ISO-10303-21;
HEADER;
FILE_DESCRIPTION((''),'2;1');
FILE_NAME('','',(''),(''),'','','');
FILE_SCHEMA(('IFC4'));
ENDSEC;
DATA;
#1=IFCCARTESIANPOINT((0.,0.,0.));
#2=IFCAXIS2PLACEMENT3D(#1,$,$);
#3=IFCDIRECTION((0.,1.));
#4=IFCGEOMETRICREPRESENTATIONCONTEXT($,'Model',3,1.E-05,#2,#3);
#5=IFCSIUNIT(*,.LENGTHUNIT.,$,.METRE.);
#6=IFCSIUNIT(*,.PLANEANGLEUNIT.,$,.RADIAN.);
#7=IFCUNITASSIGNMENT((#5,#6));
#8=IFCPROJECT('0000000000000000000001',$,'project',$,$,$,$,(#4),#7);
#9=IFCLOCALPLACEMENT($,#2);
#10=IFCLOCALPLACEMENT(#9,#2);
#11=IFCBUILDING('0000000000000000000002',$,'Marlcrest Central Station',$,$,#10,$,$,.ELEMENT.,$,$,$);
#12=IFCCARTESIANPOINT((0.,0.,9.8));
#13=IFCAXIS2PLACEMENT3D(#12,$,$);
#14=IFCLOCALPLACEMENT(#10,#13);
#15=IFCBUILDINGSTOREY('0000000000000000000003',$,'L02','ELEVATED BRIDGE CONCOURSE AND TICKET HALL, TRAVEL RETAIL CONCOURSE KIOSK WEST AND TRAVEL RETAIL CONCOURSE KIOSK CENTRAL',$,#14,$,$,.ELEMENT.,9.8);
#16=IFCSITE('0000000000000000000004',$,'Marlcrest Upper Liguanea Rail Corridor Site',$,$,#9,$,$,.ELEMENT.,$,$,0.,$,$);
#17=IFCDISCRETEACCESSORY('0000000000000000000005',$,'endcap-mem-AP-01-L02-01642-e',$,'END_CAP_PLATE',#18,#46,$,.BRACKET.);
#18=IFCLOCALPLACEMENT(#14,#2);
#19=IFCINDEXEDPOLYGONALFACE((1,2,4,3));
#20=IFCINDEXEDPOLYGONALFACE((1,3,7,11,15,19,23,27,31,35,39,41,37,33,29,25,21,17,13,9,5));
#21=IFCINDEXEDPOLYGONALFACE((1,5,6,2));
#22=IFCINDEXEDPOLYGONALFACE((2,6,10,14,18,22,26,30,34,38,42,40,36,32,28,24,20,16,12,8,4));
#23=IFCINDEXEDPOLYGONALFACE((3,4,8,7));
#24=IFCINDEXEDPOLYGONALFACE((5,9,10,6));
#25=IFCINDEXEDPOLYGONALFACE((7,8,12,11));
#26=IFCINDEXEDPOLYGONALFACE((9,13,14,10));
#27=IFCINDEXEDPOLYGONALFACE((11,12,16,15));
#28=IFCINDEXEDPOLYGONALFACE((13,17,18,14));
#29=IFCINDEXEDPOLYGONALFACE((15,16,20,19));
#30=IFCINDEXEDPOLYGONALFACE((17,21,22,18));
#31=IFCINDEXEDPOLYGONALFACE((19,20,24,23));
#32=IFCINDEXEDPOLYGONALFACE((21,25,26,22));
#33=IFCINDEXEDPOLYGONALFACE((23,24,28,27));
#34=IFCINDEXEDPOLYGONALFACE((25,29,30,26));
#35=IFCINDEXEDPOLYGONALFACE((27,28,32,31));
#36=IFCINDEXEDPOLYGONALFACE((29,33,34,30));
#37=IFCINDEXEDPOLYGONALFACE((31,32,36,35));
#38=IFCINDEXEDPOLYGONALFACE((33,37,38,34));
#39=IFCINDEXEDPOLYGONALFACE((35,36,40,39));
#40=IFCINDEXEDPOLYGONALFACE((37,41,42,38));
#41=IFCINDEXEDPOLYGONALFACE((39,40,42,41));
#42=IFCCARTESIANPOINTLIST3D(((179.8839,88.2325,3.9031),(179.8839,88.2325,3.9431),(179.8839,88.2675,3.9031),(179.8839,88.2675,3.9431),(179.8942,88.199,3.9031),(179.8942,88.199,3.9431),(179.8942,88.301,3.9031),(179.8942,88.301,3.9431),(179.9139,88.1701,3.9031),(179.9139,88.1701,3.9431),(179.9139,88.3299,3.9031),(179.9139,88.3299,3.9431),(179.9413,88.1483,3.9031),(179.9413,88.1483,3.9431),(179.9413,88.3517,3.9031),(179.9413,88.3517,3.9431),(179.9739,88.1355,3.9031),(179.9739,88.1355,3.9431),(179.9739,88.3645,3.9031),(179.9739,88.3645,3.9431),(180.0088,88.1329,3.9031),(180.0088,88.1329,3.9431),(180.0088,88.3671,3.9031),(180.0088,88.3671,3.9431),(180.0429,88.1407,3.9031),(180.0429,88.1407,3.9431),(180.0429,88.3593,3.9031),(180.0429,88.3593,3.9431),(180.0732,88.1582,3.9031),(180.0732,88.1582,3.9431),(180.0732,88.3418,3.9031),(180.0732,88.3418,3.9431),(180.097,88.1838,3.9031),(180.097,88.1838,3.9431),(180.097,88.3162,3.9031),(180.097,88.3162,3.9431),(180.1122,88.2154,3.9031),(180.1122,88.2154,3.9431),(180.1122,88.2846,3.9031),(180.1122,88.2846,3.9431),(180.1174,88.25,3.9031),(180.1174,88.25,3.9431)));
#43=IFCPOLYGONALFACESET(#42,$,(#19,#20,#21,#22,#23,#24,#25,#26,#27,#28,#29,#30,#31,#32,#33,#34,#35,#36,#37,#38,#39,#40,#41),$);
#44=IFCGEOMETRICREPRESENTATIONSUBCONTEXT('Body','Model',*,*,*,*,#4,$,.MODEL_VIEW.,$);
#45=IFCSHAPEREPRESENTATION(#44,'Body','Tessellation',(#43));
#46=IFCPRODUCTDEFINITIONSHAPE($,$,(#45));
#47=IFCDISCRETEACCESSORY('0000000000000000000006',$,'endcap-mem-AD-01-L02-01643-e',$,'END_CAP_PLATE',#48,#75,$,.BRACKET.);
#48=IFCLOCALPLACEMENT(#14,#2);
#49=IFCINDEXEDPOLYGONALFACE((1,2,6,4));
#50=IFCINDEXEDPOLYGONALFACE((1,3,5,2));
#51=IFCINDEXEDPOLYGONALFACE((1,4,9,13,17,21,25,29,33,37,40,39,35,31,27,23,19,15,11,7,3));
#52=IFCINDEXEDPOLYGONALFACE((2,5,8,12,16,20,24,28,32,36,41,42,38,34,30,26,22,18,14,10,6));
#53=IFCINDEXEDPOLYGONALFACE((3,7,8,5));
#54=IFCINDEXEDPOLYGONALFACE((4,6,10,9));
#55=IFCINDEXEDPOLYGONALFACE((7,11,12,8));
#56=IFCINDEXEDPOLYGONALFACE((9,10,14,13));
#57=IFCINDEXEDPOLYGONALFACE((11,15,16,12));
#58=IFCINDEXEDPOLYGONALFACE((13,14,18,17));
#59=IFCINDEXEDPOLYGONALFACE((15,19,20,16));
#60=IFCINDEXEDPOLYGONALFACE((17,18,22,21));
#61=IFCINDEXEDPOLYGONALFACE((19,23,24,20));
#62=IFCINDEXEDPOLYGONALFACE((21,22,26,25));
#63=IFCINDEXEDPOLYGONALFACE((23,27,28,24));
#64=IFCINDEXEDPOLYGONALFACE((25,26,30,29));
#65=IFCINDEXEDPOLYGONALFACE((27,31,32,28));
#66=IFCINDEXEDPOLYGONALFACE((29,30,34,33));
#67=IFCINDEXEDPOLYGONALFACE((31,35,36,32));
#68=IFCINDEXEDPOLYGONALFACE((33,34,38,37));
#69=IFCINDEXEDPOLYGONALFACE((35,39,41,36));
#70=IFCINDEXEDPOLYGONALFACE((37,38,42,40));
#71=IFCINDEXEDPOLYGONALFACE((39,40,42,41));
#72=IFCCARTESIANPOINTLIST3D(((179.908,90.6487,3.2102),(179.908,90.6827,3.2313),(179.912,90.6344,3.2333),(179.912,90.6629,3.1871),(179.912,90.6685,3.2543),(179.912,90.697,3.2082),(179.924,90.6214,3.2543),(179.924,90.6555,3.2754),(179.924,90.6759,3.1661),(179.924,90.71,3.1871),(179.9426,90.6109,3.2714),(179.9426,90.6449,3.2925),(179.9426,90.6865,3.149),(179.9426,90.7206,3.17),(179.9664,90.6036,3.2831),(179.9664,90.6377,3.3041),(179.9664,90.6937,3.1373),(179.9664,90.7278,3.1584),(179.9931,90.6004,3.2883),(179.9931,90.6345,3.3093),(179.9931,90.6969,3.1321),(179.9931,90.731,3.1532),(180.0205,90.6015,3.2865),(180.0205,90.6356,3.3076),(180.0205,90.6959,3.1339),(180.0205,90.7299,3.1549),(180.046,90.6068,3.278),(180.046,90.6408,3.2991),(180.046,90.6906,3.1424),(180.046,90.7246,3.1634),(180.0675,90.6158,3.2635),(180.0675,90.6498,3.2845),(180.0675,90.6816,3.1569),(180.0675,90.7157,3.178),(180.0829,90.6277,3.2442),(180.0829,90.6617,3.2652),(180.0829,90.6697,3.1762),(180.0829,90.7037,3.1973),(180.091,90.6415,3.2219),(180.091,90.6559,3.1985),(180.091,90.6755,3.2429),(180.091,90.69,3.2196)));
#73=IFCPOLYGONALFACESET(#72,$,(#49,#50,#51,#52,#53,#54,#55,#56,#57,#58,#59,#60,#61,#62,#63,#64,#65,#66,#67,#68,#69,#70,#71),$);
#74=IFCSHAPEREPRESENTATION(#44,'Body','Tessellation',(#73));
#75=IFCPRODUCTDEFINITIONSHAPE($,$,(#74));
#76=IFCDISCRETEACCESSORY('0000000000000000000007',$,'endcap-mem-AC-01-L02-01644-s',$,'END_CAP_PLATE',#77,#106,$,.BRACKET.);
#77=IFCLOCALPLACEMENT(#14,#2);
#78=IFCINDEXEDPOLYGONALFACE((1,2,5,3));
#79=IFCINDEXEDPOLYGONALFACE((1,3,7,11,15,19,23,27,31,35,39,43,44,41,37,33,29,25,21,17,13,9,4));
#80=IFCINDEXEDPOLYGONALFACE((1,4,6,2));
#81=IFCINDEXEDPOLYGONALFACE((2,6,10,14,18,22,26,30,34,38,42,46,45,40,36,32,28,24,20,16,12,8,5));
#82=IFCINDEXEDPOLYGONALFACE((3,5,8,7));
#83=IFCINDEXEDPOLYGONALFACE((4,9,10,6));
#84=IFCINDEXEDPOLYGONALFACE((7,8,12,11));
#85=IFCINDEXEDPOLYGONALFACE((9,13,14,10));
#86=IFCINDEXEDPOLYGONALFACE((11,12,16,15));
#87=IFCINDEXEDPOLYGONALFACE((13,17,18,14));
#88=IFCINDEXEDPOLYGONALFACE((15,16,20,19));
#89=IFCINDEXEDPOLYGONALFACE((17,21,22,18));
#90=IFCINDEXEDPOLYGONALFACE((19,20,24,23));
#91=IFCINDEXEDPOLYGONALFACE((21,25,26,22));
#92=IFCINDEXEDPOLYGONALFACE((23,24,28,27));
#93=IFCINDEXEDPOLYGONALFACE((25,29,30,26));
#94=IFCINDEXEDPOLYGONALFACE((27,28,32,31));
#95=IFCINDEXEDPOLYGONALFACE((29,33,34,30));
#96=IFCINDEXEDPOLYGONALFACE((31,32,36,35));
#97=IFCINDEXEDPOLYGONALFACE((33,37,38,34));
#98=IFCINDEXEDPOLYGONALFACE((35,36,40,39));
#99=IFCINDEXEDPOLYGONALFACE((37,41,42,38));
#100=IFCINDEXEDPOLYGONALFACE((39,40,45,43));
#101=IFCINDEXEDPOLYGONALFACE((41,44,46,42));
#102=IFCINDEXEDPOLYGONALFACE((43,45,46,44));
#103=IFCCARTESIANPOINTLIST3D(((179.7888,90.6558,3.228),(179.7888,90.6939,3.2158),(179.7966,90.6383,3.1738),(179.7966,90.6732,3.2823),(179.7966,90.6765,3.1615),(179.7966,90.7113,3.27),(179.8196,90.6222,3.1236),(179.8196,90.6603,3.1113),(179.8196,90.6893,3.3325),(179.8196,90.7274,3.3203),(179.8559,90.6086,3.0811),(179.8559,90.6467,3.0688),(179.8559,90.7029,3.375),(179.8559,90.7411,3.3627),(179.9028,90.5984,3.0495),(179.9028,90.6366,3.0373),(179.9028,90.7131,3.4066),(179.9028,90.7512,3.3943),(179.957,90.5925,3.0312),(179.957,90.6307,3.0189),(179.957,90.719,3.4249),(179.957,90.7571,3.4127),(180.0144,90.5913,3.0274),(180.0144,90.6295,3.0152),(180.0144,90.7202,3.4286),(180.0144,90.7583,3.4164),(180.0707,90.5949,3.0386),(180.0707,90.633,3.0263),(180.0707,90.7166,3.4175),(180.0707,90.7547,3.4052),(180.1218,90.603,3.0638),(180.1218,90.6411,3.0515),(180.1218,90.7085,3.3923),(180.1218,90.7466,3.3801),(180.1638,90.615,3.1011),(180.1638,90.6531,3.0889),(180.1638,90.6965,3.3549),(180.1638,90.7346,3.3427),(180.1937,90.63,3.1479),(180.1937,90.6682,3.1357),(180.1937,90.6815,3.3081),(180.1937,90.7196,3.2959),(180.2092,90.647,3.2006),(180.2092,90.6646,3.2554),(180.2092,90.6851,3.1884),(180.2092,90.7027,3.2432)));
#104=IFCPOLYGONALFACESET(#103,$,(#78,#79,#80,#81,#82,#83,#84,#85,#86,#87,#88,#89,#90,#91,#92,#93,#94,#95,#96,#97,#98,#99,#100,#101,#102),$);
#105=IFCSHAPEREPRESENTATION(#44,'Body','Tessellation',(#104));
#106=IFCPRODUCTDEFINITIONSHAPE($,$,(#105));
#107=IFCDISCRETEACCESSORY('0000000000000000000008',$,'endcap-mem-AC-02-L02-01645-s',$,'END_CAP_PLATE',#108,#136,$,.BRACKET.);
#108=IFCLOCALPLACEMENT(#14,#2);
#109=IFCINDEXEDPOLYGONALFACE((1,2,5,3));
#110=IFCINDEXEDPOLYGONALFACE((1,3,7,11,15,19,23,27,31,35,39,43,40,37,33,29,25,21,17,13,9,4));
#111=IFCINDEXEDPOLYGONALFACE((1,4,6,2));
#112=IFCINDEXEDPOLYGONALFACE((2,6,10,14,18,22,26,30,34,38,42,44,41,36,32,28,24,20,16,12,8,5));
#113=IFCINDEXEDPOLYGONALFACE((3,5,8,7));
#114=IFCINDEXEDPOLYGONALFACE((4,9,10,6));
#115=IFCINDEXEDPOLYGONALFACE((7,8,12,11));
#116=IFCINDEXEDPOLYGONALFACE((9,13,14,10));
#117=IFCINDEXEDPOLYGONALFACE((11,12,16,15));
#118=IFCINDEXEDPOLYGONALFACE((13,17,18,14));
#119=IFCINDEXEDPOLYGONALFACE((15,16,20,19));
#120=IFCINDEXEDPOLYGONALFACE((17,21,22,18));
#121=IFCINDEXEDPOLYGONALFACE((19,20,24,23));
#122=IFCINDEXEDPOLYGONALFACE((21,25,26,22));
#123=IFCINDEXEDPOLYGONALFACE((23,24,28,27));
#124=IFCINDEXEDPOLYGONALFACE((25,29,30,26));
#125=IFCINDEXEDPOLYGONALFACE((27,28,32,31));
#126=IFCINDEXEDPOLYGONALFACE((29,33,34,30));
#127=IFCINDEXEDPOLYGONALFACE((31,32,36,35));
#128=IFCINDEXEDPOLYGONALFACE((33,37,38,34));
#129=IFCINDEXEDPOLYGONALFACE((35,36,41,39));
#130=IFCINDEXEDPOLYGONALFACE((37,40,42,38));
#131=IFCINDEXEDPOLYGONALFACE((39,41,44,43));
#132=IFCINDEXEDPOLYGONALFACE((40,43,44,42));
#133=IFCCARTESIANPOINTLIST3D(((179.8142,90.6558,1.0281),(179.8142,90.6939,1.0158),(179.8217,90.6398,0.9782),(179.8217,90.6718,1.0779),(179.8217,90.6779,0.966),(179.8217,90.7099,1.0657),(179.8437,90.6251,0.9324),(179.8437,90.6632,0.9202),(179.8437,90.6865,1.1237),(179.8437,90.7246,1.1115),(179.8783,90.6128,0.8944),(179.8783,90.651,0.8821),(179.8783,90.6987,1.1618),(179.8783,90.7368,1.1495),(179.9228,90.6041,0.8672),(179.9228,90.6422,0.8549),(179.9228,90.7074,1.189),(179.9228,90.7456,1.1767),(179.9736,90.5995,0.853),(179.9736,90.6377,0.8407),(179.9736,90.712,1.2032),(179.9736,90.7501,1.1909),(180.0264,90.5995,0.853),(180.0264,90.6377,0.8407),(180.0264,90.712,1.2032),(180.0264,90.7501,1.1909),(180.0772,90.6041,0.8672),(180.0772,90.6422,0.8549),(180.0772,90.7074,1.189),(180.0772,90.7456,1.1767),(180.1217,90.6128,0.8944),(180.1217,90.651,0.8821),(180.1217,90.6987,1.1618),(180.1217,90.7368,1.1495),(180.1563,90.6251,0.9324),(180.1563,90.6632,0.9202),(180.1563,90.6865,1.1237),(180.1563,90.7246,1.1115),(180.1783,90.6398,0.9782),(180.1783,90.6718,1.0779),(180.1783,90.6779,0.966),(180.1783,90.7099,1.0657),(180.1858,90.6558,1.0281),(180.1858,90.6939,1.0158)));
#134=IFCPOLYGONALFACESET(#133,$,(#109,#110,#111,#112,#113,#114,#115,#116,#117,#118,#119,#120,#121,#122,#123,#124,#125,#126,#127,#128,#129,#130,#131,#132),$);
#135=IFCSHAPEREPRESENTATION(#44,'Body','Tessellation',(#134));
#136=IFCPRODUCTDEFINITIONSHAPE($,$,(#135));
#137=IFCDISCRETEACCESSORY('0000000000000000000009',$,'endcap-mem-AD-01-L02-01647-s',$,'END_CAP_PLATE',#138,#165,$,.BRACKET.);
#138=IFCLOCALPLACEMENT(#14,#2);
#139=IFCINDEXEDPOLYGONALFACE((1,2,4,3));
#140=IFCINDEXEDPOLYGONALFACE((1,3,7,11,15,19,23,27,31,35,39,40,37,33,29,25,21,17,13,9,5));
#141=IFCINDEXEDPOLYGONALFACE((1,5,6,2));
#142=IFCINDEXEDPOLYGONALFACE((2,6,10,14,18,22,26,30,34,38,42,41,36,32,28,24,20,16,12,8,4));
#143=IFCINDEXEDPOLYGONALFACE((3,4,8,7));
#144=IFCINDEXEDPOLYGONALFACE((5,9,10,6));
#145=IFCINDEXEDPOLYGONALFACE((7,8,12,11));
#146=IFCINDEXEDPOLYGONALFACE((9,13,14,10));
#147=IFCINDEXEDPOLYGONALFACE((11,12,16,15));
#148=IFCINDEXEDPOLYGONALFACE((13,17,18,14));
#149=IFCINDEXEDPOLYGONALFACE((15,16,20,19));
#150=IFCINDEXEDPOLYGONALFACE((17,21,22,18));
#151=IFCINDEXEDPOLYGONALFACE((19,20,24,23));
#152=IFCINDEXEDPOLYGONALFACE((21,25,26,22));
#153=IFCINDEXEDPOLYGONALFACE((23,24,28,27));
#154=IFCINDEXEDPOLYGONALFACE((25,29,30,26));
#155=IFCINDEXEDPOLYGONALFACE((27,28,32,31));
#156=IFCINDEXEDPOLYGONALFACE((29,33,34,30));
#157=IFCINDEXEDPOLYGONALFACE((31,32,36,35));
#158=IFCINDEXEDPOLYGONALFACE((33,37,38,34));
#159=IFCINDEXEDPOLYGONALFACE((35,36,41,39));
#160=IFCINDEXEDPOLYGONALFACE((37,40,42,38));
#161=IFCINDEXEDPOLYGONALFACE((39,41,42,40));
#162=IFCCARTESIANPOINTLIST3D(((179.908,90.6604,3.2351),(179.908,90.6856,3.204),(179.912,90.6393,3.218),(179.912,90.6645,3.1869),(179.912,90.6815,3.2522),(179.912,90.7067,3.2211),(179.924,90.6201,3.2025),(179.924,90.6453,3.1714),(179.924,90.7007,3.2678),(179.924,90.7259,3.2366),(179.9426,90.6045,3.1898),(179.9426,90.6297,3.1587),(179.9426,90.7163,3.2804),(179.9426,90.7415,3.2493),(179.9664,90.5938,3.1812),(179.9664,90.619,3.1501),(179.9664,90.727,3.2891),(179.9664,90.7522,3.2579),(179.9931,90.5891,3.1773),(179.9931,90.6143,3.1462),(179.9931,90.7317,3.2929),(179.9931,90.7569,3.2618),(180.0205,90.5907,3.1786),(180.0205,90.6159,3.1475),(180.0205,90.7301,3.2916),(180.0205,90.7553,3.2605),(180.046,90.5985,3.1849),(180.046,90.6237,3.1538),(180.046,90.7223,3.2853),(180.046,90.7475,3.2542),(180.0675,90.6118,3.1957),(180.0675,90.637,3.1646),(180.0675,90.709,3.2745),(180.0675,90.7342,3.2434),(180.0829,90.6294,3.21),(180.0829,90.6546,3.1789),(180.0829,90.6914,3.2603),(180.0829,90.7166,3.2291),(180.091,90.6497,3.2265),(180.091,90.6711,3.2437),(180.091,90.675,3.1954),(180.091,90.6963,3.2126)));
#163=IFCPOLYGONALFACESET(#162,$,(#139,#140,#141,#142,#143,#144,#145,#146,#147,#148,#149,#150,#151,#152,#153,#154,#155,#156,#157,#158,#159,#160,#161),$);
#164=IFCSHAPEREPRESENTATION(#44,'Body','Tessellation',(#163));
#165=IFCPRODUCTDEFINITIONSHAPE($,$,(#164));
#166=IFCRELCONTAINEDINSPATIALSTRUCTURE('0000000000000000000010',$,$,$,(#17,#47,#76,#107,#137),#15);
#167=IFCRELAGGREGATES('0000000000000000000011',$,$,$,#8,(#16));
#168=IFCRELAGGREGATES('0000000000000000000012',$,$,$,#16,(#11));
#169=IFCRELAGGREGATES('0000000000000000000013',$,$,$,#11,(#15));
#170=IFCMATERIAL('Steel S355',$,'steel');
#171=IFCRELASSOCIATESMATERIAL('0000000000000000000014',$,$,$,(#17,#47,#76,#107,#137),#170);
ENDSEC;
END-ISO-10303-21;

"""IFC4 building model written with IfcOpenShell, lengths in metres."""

from ifc_helpers import new_model, si_unit, direction, frame, origin, origin_2d, place, context, subcontext, project, spatial, circle, extrude, material, element, save


model = new_model("IFC4")

# Units and contexts
model_context = context("Model", 3, precision=1e-05, world=origin(), true_north=direction((0.0, 1.0)))
body_context = subcontext(model_context, "Body", "Model", "MODEL_VIEW")
ifc_project = project(units=[si_unit("LENGTHUNIT", "METRE"), si_unit("PLANEANGLEUNIT", "RADIAN")], contexts=[model_context])

# Site, building, storey
site_placement = place(None, origin())
site = spatial("IfcSite", under=ifc_project, at=site_placement, Name="Marlcrest Upper Liguanea Rail Corridor Site", CompositionType="ELEMENT", RefElevation=0.0)
building_placement = place(site_placement, origin())
building = spatial("IfcBuilding", under=site, at=building_placement, Name="Marlcrest Central Station", CompositionType="ELEMENT")
storey_placement = place(building_placement, frame((0.0, 0.0, 9.8)))
storey = spatial("IfcBuildingStorey", under=building, at=storey_placement, Name="L02", Description="ELEVATED BRIDGE CONCOURSE AND TICKET HALL, TRAVEL RETAIL CONCOURSE KIOSK WEST AND TRAVEL RETAIL CONCOURSE KIOSK CENTRAL", CompositionType="ELEMENT", Elevation=9.8)

# Shared definitions
ifc_material_1 = material(Name="Steel S355", Category="steel")

# Discrete accessories
for number, where, z_axis, x_axis, name in (
    (1, (180.0, 88.25, 3.9031), (0.0, 0.0, 1.0), (1.0, 0.0, 0.0), "endcap-mem-AP-01-L02-01642-e"),
):
    element("IfcDiscreteAccessory", number, at=place(storey_placement, frame(where, z_axis=z_axis, x_axis=x_axis)), inside=storey, material=ifc_material_1, Name=name, ObjectType="END_CAP_PLATE", PredefinedType="BRACKET", context=body_context, shape_type="SweptSolid", body=[
        extrude(circle(Radius=0.1174, at=origin_2d()), origin(), (0.0, 0.0, 1.0), 0.04),
    ])
discrete_accessory_1_placement = place(storey_placement, frame((180.0, 90.6487, 3.2102), z_axis=(0.0, 0.850687, 0.525672), x_axis=(-1.0, 0.0, 0.0)))
element("IfcDiscreteAccessory", 2, at=discrete_accessory_1_placement, inside=storey, material=ifc_material_1, Name="endcap-mem-AD-01-L02-01643-e", ObjectType="END_CAP_PLATE", PredefinedType="BRACKET", context=body_context, shape_type="SweptSolid", body=[
    extrude(circle(Radius=0.092, at=origin_2d()), origin(), (0.0, 0.0, 1.0), 0.04),
])
discrete_accessory_2_placement = place(storey_placement, frame((180.0, 90.6558, 3.228), z_axis=(0.0, 0.952117, -0.305734), x_axis=(-1.0, 0.0, 0.0)))
element("IfcDiscreteAccessory", 3, at=discrete_accessory_2_placement, inside=storey, material=ifc_material_1, Name="endcap-mem-AC-01-L02-01644-s", ObjectType="END_CAP_PLATE", PredefinedType="BRACKET", context=body_context, shape_type="SweptSolid", body=[
    extrude(circle(Radius=0.2112, at=origin_2d()), origin(), (0.0, 0.0, 1.0), 0.04),
])
discrete_accessory_3_placement = place(storey_placement, frame((180.0, 90.6558, 1.0281), z_axis=(0.0, 0.952117, -0.305734), x_axis=(-1.0, 0.0, 0.0)))
element("IfcDiscreteAccessory", 4, at=discrete_accessory_3_placement, inside=storey, material=ifc_material_1, Name="endcap-mem-AC-02-L02-01645-s", ObjectType="END_CAP_PLATE", PredefinedType="BRACKET", context=body_context, shape_type="SweptSolid", body=[
    extrude(circle(Radius=0.1858, at=origin_2d()), origin(), (0.0, 0.0, 1.0), 0.04),
])
discrete_accessory_4_placement = place(storey_placement, frame((180.0, 90.6604, 3.2351), z_axis=(0.0, 0.629629, -0.776896), x_axis=(-1.0, 0.0, 0.0)))
element("IfcDiscreteAccessory", 5, at=discrete_accessory_4_placement, inside=storey, material=ifc_material_1, Name="endcap-mem-AD-01-L02-01647-s", ObjectType="END_CAP_PLATE", PredefinedType="BRACKET", context=body_context, shape_type="SweptSolid", body=[
    extrude(circle(Radius=0.092, at=origin_2d()), origin(), (0.0, 0.0, 1.0), 0.04),
])

save(model, "model.ifc")
